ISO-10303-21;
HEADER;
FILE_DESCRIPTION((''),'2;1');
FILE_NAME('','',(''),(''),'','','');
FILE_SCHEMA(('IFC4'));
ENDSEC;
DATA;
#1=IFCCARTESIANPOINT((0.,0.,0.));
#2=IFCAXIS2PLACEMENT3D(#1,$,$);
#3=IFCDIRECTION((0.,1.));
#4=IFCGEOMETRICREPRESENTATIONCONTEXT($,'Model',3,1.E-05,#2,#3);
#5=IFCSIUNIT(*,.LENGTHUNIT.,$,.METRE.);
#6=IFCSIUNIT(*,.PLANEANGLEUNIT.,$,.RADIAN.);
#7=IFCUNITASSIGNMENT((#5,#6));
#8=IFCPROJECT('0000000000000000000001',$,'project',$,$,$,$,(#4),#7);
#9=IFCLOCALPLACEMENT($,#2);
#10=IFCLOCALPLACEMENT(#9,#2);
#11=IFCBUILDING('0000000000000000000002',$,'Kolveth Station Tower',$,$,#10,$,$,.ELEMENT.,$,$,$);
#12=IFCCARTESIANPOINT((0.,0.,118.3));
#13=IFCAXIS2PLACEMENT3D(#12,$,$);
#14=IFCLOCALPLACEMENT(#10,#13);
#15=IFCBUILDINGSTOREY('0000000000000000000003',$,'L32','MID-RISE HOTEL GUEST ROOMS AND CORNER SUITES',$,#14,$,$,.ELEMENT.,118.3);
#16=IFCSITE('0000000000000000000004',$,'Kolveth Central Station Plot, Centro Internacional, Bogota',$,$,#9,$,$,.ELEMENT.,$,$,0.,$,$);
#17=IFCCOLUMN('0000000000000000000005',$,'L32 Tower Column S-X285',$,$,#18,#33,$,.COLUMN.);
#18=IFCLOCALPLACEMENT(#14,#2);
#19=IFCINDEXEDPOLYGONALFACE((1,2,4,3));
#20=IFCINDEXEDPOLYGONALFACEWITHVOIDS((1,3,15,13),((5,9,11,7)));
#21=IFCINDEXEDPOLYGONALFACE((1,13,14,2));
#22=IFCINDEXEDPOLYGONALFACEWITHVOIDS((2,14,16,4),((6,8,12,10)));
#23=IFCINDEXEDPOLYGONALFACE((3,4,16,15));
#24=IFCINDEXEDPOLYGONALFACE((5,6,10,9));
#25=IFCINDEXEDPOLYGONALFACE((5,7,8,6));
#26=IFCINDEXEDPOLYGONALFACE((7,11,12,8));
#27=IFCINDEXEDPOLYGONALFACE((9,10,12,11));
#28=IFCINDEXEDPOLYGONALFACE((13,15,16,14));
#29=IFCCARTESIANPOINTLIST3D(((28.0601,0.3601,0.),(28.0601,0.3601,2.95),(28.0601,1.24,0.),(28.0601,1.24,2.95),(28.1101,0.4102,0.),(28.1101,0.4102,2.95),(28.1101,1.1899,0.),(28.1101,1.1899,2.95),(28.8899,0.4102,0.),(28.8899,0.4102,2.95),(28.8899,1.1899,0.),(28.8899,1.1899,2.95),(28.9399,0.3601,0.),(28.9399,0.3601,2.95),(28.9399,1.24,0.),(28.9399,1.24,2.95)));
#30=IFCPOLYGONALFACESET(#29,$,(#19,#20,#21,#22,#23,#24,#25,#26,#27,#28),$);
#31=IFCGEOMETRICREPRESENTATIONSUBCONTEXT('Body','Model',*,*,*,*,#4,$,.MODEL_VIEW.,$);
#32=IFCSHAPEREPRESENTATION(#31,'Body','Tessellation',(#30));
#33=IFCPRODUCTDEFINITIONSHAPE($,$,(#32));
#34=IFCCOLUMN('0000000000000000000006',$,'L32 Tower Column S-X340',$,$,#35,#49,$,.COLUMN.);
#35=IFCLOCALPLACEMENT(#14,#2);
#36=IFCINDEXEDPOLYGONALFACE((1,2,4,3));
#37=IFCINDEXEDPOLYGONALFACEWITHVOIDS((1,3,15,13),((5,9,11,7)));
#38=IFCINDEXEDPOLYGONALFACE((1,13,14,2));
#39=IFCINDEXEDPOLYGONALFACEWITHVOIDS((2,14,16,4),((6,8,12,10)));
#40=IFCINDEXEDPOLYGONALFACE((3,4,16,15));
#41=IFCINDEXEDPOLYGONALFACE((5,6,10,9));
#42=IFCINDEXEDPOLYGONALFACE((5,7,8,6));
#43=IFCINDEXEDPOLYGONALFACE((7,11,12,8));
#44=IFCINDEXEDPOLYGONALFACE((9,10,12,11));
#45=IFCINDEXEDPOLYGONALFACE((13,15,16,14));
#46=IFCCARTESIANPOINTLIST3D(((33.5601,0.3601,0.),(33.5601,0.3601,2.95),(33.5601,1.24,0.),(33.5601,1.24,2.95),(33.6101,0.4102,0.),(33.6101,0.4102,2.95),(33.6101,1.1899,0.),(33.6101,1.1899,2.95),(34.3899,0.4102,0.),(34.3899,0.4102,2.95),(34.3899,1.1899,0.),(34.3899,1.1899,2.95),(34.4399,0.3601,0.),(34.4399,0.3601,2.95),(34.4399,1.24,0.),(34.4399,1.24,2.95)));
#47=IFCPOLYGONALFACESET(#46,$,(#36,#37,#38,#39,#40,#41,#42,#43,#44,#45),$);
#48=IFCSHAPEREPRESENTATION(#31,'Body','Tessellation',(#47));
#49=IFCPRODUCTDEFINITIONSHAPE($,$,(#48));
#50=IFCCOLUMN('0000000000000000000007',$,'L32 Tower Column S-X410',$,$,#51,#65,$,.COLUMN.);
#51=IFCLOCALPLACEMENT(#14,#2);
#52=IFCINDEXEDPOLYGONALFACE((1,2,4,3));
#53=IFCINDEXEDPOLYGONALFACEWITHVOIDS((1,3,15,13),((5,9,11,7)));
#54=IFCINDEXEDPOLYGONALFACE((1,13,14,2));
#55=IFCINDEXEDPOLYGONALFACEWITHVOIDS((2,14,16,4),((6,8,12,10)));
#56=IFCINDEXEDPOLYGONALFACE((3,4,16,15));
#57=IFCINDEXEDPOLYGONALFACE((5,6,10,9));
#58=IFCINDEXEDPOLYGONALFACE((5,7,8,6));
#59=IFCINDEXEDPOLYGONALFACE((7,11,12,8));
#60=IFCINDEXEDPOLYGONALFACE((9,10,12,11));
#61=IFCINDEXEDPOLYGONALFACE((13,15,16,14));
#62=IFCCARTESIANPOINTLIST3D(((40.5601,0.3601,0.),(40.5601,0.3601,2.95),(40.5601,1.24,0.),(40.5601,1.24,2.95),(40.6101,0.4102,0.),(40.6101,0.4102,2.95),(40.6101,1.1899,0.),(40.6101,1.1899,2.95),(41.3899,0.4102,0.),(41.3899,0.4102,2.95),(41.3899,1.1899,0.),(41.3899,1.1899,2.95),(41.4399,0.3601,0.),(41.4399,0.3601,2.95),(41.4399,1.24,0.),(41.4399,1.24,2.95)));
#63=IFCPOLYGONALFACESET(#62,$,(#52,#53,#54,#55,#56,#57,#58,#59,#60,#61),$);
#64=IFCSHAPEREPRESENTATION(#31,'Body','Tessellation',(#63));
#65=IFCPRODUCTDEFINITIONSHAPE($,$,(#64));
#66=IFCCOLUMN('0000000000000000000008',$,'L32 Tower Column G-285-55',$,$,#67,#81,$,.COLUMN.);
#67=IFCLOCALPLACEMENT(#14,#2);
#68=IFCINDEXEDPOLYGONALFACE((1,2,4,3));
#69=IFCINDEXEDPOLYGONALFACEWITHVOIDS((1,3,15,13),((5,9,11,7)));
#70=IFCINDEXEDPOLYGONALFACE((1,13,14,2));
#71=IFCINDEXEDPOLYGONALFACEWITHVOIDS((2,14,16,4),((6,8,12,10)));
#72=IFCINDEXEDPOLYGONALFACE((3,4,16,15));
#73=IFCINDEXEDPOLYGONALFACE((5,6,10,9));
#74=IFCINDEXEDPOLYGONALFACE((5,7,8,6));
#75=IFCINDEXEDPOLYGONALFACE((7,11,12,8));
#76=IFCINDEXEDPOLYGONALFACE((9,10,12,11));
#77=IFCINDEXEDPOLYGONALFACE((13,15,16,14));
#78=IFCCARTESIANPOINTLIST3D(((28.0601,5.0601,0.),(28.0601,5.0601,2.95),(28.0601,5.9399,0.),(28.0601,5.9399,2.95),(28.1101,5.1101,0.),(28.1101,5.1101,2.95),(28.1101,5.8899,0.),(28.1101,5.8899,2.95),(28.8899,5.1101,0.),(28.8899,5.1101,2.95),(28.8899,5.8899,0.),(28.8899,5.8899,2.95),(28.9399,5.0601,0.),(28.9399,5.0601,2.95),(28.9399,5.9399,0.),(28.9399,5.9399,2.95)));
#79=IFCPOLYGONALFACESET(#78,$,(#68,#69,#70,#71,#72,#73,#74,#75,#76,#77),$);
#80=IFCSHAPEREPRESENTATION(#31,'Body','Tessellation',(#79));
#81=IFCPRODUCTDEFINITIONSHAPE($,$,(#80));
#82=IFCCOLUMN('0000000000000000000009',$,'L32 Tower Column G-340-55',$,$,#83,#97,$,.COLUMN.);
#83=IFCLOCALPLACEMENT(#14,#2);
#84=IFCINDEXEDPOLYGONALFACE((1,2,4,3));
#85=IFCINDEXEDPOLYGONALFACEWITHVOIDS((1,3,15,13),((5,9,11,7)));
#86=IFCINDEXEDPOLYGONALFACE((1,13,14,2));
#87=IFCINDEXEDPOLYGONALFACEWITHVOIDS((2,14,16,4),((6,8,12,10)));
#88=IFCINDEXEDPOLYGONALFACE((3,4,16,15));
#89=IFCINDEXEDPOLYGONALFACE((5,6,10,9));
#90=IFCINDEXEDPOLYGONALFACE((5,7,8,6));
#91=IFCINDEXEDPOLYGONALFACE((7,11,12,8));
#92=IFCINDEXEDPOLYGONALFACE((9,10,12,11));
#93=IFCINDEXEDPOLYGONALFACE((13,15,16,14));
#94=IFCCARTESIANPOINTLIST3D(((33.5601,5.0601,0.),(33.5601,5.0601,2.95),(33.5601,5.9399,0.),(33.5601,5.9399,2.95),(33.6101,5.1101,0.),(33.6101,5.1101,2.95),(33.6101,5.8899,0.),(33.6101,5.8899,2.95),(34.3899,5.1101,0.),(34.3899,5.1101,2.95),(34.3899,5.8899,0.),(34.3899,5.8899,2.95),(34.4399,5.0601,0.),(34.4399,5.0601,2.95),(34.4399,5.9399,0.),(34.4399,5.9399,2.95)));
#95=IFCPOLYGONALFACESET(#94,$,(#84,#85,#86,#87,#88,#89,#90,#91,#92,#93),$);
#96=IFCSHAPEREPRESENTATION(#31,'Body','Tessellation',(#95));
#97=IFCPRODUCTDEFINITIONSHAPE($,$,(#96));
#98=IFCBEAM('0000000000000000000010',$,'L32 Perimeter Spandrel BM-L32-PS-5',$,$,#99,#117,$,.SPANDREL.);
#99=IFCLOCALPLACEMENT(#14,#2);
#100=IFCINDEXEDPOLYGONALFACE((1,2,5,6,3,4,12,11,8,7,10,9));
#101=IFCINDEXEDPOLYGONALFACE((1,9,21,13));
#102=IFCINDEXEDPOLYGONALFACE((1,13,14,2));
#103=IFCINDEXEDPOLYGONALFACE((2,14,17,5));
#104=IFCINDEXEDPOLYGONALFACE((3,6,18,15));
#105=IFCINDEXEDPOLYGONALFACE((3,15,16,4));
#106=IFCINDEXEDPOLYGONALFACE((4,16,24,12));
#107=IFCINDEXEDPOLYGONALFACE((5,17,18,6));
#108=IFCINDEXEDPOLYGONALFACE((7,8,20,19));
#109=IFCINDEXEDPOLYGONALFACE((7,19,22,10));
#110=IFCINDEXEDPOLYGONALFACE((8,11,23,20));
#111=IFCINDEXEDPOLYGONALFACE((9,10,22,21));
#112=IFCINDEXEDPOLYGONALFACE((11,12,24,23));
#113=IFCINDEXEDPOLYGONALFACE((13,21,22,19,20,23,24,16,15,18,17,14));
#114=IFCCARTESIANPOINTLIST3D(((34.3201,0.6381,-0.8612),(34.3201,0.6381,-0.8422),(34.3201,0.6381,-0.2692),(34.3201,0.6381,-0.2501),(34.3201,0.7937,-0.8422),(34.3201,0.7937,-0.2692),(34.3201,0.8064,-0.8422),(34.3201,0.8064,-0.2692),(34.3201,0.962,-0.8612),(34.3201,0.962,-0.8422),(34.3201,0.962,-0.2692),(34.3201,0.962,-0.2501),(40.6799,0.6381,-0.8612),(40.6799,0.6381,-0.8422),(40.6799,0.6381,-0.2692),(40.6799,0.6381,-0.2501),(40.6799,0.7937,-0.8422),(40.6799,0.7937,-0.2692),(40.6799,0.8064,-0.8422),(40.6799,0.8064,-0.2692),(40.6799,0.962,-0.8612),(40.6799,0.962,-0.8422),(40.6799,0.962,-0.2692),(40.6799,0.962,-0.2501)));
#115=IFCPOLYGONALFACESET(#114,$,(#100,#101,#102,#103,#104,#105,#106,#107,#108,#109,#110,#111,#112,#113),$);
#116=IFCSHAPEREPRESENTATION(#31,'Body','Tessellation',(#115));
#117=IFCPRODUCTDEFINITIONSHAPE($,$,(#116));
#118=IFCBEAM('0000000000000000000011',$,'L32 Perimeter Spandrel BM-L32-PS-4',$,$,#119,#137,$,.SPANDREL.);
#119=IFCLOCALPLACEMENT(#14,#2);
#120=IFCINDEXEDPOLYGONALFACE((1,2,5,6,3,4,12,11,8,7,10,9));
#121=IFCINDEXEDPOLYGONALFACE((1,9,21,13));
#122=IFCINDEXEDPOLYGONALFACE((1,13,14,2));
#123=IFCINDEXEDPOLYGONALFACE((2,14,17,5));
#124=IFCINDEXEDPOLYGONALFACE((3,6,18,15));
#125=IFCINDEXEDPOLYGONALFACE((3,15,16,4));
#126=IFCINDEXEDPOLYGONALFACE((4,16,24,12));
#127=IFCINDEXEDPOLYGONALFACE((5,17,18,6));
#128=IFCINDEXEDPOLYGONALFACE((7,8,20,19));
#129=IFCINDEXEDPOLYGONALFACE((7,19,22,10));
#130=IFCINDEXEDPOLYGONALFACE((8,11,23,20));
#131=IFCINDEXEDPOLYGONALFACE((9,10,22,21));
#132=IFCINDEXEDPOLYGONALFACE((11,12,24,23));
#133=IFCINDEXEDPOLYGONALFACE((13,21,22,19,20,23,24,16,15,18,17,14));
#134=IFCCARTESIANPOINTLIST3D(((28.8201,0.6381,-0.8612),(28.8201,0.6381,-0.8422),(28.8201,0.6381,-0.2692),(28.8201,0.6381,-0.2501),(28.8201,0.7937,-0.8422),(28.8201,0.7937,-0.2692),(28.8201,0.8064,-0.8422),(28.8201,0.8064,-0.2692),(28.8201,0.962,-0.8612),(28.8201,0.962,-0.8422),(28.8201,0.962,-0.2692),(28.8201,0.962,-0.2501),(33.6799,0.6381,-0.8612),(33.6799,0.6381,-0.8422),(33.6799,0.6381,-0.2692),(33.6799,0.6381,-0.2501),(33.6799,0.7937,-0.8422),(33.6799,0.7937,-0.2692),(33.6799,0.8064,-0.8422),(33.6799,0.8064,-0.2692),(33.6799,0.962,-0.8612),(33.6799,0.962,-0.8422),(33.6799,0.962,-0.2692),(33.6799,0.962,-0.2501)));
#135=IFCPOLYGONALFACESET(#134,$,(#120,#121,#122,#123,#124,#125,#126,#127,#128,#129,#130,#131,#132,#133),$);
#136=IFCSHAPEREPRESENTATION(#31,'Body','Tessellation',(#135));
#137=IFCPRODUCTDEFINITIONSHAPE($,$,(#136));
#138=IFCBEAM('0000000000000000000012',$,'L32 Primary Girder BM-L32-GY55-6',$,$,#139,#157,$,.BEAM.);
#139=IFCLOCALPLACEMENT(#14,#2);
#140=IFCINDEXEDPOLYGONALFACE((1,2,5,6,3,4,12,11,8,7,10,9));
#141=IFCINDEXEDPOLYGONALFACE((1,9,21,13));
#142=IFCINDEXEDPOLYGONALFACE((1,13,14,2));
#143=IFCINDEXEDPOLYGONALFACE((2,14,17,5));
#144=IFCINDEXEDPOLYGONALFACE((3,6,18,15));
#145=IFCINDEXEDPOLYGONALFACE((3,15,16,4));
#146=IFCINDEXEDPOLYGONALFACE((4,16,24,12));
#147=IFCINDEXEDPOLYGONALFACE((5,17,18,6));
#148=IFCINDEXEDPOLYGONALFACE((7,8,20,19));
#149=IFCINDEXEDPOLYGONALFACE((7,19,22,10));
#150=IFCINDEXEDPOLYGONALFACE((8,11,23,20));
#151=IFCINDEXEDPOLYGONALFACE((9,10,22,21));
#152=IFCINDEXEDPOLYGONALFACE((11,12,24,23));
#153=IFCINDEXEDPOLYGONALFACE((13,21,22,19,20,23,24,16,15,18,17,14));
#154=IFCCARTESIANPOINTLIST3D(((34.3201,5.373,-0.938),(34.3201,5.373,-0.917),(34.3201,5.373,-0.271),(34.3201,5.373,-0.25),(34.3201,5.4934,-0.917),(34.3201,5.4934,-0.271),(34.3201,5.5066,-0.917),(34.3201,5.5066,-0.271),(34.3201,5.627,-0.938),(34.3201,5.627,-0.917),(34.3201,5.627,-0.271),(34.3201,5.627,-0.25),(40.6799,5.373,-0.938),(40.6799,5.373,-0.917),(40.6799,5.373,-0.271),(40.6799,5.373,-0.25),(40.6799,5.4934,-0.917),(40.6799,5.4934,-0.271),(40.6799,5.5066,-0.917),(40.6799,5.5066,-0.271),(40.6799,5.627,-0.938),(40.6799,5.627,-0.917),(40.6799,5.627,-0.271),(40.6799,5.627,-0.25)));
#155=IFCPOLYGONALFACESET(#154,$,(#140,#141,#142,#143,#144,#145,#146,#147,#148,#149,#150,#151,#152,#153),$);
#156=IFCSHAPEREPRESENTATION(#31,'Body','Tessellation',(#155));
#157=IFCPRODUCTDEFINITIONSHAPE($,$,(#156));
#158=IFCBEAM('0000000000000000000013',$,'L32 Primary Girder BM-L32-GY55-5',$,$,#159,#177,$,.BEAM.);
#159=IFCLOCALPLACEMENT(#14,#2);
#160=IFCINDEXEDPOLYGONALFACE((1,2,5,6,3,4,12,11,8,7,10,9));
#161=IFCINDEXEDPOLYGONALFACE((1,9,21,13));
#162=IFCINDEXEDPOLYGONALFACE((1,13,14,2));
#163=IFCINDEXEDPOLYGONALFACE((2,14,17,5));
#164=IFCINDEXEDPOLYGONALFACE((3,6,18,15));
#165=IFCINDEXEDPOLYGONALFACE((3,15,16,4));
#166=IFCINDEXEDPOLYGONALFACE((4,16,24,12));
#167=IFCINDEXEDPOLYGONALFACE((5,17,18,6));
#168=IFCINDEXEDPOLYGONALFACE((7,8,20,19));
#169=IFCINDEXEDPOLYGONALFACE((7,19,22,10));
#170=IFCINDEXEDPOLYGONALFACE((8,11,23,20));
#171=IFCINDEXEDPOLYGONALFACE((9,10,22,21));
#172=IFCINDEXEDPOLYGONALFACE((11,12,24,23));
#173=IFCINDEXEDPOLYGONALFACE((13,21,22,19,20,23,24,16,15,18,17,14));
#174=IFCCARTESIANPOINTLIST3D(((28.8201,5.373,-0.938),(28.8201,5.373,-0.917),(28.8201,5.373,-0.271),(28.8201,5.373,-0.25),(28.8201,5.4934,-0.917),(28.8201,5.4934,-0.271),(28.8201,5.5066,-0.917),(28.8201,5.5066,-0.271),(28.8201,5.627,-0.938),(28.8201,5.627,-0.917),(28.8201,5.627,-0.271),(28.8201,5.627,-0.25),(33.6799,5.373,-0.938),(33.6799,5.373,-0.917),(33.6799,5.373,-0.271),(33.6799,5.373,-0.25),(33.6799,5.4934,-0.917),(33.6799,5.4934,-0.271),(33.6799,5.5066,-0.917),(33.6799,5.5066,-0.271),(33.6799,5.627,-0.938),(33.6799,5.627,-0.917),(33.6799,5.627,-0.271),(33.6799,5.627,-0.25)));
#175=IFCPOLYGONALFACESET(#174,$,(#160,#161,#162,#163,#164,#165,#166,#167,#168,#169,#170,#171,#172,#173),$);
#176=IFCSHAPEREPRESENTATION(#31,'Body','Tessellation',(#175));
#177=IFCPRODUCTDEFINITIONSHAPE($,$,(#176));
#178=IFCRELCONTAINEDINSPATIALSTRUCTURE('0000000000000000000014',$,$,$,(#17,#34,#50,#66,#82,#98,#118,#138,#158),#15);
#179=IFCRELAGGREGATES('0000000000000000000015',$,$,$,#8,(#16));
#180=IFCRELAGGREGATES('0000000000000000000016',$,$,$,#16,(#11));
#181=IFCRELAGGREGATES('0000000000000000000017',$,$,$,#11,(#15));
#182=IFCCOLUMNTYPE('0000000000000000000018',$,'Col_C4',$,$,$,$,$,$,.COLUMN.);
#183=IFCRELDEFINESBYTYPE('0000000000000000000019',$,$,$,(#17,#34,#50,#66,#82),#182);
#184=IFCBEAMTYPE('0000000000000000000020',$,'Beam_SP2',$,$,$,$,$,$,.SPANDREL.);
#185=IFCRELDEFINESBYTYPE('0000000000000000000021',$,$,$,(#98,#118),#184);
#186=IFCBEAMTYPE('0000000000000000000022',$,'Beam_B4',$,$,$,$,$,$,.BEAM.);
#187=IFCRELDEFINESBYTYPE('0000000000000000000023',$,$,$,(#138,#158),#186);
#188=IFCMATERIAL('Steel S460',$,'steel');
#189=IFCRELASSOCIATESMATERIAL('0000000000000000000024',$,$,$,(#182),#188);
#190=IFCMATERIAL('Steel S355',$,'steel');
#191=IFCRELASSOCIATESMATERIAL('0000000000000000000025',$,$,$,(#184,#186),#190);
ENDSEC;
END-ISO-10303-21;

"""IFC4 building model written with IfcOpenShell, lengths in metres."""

from ifc_helpers import new_model, si_unit, direction, frame, origin, origin_2d, place, context, subcontext, project, spatial, hollow_rectangle, i_section, extrude, source, transform, mapped, material, material_profile, profile_set, type_object, element, save


model = new_model("IFC4")

# Units and contexts
model_context = context("Model", 3, precision=1e-05, world=origin(), true_north=direction((0.0, 1.0)))
body_context = subcontext(model_context, "Body", "Model", "MODEL_VIEW")
ifc_project = project(units=[si_unit("LENGTHUNIT", "METRE"), si_unit("PLANEANGLEUNIT", "RADIAN")], contexts=[model_context])

# Site, building, storey
site_placement = place(None, origin())
site = spatial("IfcSite", under=ifc_project, at=site_placement, Name="Kolveth Central Station Plot, Centro Internacional, Bogota", CompositionType="ELEMENT", RefElevation=0.0)
building_placement = place(site_placement, origin())
building = spatial("IfcBuilding", under=site, at=building_placement, Name="Kolveth Station Tower", CompositionType="ELEMENT")
storey_placement = place(building_placement, frame((0.0, 0.0, 118.3)))
storey = spatial("IfcBuildingStorey", under=building, at=storey_placement, Name="L32", Description="MID-RISE HOTEL GUEST ROOMS AND CORNER SUITES", CompositionType="ELEMENT", Elevation=118.3)

# Columns
ifc_material_1 = material(Name="Steel S460", Category="steel")
ifc_material_profile_1 = material_profile(ifc_material_1, hollow_rectangle(XDim=0.8799, YDim=0.8799, WallThickness=0.05, at=origin_2d()), Name="BOX880x880x50")
ifc_profile_set_1 = profile_set([ifc_material_profile_1], Name="Steel S460")
column_type = type_object("IfcColumnType", Name="Col_C4", PredefinedType="COLUMN", material=ifc_profile_set_1)
shared_shape_1 = source(origin(), body_context, "Body", "SweptSolid", [
    extrude(hollow_rectangle(XDim=0.8799, YDim=0.8799, WallThickness=0.05, at=origin_2d()), origin(), (0.0, 0.0, 1.0), 2.95),
])
for number, where, z_axis, x_axis, name in (
    (1, (28.5, 0.8, 0.0), (0.0, 0.0, 1.0), (1.0, 0.0, 0.0), "L32 Tower Column S-X285"),
    (2, (34.0, 0.8, 0.0), (0.0, 0.0, 1.0), (1.0, 0.0, 0.0), "L32 Tower Column S-X340"),
    (3, (41.0, 0.8, 0.0), (0.0, 0.0, 1.0), (1.0, 0.0, 0.0), "L32 Tower Column S-X410"),
    (4, (28.5, 5.5, 0.0), (0.0, 0.0, 1.0), (1.0, 0.0, 0.0), "L32 Tower Column G-285-55"),
    (5, (34.0, 5.5, 0.0), (0.0, 0.0, 1.0), (1.0, 0.0, 0.0), "L32 Tower Column G-340-55"),
):
    element("IfcColumn", number, at=place(storey_placement, frame(where, z_axis=z_axis, x_axis=x_axis)), inside=storey, type_object=column_type, Name=name, PredefinedType="COLUMN", context=body_context, shape_type="MappedRepresentation", body=[
        mapped(shared_shape_1, transform((0.0, 0.0, 0.0), x_axis=(1.0, 0.0, 0.0), y_axis=(0.0, 1.0, 0.0), z_axis=(0.0, 0.0, 1.0), scale=1.0)),
    ])

# Beams
ifc_material_2 = material(Name="Steel S355", Category="steel")
ifc_material_profile_2 = material_profile(ifc_material_2, i_section(OverallWidth=0.324, OverallDepth=0.6111, WebThickness=0.0127, FlangeThickness=0.019, at=origin_2d()), Name="W610x155")
ifc_profile_set_2 = profile_set([ifc_material_profile_2], Name="Steel S355")
beam_type_1 = type_object("IfcBeamType", Name="Beam_SP2", PredefinedType="SPANDREL", material=ifc_profile_set_2)
shared_shape_2 = source(origin(), body_context, "Body", "SweptSolid", [
    extrude(i_section(OverallWidth=0.324, OverallDepth=0.6111, WebThickness=0.0127, FlangeThickness=0.019, at=origin_2d()), origin(), (0.0, 0.0, 1.0), 6.3599),
])
beam_1_placement = place(storey_placement, frame((34.3201, 0.8, -0.5557), z_axis=(1.0, 0.0, 0.0), x_axis=(0.0, 1.0, 0.0)))
element("IfcBeam", 6, at=beam_1_placement, inside=storey, type_object=beam_type_1, Name="L32 Perimeter Spandrel BM-L32-PS-5", PredefinedType="SPANDREL", context=body_context, shape_type="MappedRepresentation", body=[
    mapped(shared_shape_2, transform((0.0, 0.0, 0.0), x_axis=(1.0, 0.0, 0.0), y_axis=(0.0, 1.0, 0.0), z_axis=(0.0, 0.0, 1.0), scale=1.0)),
])
shared_shape_3 = source(origin(), body_context, "Body", "SweptSolid", [
    extrude(i_section(OverallWidth=0.324, OverallDepth=0.6111, WebThickness=0.0127, FlangeThickness=0.019, at=origin_2d()), origin(), (0.0, 0.0, 1.0), 4.8599),
])
beam_2_placement = place(storey_placement, frame((28.8201, 0.8, -0.5557), z_axis=(1.0, 0.0, 0.0), x_axis=(0.0, 1.0, 0.0)))
element("IfcBeam", 7, at=beam_2_placement, inside=storey, type_object=beam_type_1, Name="L32 Perimeter Spandrel BM-L32-PS-4", PredefinedType="SPANDREL", context=body_context, shape_type="MappedRepresentation", body=[
    mapped(shared_shape_3, transform((0.0, 0.0, 0.0), x_axis=(1.0, 0.0, 0.0), y_axis=(0.0, 1.0, 0.0), z_axis=(0.0, 0.0, 1.0), scale=1.0)),
])
ifc_material_profile_3 = material_profile(ifc_material_2, i_section(OverallWidth=0.2539, OverallDepth=0.688, WebThickness=0.0132, FlangeThickness=0.021, at=origin_2d()), Name="W690x152")
ifc_profile_set_3 = profile_set([ifc_material_profile_3], Name="Steel S355")
beam_type_2 = type_object("IfcBeamType", Name="Beam_B4", PredefinedType="BEAM", material=ifc_profile_set_3)
shared_shape_4 = source(origin(), body_context, "Body", "SweptSolid", [
    extrude(i_section(OverallWidth=0.2539, OverallDepth=0.688, WebThickness=0.0132, FlangeThickness=0.021, at=origin_2d()), origin(), (0.0, 0.0, 1.0), 6.3599),
])
beam_3_placement = place(storey_placement, frame((34.3201, 5.5, -0.594), z_axis=(1.0, 0.0, 0.0), x_axis=(0.0, 1.0, 0.0)))
element("IfcBeam", 8, at=beam_3_placement, inside=storey, type_object=beam_type_2, Name="L32 Primary Girder BM-L32-GY55-6", PredefinedType="BEAM", context=body_context, shape_type="MappedRepresentation", body=[
    mapped(shared_shape_4, transform((0.0, 0.0, 0.0), x_axis=(1.0, 0.0, 0.0), y_axis=(0.0, 1.0, 0.0), z_axis=(0.0, 0.0, 1.0), scale=1.0)),
])
shared_shape_5 = source(origin(), body_context, "Body", "SweptSolid", [
    extrude(i_section(OverallWidth=0.2539, OverallDepth=0.688, WebThickness=0.0132, FlangeThickness=0.021, at=origin_2d()), origin(), (0.0, 0.0, 1.0), 4.8599),
])
beam_4_placement = place(storey_placement, frame((28.8201, 5.5, -0.594), z_axis=(1.0, 0.0, 0.0), x_axis=(0.0, 1.0, 0.0)))
element("IfcBeam", 9, at=beam_4_placement, inside=storey, type_object=beam_type_2, Name="L32 Primary Girder BM-L32-GY55-5", PredefinedType="BEAM", context=body_context, shape_type="MappedRepresentation", body=[
    mapped(shared_shape_5, transform((0.0, 0.0, 0.0), x_axis=(1.0, 0.0, 0.0), y_axis=(0.0, 1.0, 0.0), z_axis=(0.0, 0.0, 1.0), scale=1.0)),
])

save(model, "model.ifc")
